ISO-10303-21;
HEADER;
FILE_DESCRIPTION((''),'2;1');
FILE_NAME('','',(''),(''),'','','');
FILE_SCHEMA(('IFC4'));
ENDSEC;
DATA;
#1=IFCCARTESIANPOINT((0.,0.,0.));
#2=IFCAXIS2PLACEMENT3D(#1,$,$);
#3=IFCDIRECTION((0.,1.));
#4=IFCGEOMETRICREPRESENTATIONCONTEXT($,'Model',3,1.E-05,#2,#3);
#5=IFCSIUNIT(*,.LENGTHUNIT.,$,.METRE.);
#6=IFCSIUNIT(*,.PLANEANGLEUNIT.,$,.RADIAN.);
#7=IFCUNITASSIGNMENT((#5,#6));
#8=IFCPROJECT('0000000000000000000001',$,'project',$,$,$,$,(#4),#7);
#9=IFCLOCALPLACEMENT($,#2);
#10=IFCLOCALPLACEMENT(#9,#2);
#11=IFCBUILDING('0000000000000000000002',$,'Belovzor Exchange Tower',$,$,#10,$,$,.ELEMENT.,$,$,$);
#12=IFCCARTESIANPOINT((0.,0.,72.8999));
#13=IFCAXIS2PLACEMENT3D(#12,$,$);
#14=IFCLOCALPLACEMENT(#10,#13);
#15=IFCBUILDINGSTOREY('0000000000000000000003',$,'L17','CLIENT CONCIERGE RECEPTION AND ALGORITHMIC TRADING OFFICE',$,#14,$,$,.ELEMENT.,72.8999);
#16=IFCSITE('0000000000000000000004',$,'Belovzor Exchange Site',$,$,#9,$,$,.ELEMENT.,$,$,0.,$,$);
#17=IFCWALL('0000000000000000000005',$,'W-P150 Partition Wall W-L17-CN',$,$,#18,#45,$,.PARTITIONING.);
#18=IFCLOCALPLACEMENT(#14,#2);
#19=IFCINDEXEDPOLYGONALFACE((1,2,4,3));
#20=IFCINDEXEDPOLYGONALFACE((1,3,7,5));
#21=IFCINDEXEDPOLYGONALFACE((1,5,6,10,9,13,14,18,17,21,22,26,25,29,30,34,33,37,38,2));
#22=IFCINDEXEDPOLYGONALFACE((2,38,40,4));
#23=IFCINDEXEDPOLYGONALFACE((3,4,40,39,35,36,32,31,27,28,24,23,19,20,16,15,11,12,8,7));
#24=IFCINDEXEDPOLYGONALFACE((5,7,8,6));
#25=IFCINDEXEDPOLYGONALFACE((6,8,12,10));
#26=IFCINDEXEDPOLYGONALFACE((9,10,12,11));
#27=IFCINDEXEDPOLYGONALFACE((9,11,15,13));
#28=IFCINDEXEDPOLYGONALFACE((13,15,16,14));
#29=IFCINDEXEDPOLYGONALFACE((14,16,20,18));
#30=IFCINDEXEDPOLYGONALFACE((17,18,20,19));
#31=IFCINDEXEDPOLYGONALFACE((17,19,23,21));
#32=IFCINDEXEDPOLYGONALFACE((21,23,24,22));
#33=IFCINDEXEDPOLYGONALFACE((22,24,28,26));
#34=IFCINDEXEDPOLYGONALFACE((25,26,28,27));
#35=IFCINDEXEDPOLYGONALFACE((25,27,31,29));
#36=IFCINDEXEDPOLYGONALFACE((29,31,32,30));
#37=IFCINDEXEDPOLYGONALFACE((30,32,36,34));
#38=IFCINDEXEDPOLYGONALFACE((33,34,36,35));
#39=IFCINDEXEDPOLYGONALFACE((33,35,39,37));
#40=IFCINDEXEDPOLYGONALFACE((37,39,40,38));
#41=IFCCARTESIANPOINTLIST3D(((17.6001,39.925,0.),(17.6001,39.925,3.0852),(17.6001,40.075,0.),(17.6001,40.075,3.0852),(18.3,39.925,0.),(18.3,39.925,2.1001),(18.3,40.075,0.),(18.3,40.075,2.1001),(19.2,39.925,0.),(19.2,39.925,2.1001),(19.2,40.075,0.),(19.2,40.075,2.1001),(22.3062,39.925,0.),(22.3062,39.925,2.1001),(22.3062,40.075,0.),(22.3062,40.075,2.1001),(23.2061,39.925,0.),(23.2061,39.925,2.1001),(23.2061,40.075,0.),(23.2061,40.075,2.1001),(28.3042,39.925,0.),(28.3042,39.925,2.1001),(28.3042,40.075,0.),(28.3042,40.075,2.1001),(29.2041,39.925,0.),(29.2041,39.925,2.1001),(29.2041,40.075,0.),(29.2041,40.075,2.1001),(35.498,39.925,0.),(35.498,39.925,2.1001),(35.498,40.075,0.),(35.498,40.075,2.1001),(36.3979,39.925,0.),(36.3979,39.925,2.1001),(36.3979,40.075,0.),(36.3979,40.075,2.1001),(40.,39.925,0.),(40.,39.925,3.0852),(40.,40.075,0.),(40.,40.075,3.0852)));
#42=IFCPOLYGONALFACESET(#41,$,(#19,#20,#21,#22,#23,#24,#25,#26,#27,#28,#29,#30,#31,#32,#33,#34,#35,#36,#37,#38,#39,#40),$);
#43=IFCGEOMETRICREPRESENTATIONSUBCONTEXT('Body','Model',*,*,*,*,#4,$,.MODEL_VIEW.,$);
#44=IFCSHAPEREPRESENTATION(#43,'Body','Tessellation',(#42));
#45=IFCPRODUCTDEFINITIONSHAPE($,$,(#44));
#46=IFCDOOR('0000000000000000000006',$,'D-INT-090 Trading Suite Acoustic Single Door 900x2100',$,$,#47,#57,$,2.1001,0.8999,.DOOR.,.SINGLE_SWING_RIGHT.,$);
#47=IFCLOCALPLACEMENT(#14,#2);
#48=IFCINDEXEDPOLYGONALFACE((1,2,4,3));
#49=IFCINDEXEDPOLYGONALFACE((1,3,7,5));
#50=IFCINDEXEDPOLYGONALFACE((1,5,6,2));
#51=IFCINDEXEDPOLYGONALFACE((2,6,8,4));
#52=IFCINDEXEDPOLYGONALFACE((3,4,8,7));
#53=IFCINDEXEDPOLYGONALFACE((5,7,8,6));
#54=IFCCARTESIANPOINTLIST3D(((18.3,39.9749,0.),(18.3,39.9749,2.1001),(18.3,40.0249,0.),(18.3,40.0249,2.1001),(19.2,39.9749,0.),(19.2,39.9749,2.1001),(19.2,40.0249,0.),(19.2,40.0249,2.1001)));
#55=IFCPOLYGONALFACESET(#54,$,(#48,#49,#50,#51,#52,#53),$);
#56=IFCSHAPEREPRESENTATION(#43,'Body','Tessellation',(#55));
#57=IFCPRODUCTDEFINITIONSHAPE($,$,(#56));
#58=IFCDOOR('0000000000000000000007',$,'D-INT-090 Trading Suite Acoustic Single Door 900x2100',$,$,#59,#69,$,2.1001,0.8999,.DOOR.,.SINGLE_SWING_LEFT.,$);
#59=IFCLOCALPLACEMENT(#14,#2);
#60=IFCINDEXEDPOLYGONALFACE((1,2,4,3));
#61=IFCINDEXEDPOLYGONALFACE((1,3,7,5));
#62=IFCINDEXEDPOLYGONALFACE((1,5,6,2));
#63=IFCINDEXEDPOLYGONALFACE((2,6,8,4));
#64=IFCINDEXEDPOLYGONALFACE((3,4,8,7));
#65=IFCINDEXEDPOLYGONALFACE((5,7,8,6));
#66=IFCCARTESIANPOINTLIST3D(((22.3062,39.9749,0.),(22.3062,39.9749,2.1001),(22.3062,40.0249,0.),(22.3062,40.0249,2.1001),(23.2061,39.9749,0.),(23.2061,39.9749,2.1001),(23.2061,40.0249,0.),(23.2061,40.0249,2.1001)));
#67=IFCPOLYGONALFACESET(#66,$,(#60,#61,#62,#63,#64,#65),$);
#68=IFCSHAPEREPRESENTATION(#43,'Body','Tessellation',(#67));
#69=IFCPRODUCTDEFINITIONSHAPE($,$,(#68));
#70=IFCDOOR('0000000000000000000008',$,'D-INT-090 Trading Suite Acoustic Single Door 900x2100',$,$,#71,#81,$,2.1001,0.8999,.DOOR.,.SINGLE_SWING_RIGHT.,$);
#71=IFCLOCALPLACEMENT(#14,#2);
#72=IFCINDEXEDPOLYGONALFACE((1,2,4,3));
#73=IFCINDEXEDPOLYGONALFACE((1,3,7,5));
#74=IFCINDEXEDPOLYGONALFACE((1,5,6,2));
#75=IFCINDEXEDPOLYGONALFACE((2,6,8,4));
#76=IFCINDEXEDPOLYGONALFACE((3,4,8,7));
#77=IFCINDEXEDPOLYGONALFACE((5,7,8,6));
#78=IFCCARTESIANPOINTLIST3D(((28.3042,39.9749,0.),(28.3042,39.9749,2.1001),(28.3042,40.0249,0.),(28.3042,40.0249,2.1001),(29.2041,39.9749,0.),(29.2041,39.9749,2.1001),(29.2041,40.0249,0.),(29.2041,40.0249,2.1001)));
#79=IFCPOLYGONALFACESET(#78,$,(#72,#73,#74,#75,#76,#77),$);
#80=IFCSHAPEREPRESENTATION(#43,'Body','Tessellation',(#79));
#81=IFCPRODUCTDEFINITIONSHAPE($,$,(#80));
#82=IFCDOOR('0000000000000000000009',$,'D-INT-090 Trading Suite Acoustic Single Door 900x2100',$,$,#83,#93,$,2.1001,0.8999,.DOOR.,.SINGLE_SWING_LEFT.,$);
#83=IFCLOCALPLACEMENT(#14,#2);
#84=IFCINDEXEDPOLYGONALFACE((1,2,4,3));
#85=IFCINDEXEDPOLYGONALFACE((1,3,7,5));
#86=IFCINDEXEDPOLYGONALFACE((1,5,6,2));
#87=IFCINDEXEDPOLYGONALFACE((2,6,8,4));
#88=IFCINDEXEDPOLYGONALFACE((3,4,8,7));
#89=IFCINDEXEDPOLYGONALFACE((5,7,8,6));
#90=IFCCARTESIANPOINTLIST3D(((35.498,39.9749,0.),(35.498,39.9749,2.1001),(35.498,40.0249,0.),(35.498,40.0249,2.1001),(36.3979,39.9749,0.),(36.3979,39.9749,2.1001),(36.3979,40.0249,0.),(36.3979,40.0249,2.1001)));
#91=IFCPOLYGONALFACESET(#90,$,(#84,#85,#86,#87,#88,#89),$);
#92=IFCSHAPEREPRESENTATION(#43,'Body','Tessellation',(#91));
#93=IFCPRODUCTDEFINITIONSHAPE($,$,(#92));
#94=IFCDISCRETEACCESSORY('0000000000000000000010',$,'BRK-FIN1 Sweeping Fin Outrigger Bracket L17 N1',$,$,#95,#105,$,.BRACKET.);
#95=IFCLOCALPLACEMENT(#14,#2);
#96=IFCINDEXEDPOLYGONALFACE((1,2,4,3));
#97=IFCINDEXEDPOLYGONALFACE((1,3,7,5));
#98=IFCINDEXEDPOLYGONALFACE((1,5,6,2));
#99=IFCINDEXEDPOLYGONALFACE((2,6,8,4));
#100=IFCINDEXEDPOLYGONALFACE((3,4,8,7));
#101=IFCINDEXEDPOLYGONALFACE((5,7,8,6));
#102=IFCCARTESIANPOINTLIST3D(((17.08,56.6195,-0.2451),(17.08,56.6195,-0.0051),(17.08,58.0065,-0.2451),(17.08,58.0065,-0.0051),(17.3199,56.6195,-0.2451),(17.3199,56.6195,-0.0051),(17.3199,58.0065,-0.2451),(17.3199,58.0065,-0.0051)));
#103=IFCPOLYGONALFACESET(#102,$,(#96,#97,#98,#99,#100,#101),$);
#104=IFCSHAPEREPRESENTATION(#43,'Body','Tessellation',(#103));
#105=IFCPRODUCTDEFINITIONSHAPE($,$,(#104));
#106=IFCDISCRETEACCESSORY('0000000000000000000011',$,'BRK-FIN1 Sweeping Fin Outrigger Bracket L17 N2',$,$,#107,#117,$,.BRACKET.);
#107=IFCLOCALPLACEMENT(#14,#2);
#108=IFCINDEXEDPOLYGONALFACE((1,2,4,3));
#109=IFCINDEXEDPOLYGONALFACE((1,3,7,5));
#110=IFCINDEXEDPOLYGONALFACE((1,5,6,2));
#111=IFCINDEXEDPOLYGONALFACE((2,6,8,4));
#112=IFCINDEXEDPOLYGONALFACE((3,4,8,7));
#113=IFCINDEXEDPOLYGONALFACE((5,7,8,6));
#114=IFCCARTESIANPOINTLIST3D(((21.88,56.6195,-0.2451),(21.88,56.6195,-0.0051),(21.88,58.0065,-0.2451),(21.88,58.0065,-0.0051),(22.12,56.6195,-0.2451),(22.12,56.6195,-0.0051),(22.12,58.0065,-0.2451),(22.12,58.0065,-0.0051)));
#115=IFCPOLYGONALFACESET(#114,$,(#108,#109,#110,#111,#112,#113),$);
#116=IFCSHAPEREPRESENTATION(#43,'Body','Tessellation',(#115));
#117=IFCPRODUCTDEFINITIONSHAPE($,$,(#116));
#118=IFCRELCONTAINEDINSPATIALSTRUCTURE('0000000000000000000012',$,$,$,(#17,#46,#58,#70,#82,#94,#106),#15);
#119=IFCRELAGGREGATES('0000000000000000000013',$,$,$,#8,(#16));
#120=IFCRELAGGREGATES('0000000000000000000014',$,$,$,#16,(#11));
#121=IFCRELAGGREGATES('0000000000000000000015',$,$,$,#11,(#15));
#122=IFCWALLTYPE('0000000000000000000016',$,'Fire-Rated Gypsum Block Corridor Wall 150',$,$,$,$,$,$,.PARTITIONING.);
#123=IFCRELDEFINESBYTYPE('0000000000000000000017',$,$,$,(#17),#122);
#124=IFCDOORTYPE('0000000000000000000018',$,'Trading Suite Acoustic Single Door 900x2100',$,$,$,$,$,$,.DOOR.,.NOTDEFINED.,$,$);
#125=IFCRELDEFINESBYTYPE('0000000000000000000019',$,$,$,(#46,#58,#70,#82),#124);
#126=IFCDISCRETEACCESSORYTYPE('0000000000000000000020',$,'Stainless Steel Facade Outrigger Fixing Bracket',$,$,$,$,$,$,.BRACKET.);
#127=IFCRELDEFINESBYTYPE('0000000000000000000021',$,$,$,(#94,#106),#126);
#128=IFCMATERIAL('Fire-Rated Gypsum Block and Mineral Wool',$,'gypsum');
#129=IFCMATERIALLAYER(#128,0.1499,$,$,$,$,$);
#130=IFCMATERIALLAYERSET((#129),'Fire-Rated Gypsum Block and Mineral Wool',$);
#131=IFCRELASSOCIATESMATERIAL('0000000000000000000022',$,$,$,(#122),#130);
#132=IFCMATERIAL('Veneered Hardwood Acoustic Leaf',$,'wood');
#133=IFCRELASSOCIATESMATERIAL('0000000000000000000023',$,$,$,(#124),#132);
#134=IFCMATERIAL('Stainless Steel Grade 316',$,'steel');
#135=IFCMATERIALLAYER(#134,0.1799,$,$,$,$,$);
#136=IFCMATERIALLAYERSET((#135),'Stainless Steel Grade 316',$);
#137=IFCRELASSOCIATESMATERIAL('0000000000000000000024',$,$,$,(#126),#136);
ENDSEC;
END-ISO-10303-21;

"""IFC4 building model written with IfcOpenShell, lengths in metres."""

from ifc_helpers import new_model, si_unit, direction, frame, frame_2d, origin, origin_2d, place, context, subcontext, project, spatial, rectangle, extrude, material, layer, layer_set, type_object, element, fill, save


model = new_model("IFC4")

# Units and contexts
model_context = context("Model", 3, precision=1e-05, world=origin(), true_north=direction((0.0, 1.0)))
body_context = subcontext(model_context, "Body", "Model", "MODEL_VIEW")
ifc_project = project(units=[si_unit("LENGTHUNIT", "METRE"), si_unit("PLANEANGLEUNIT", "RADIAN")], contexts=[model_context])

# Site, building, storey
site_placement = place(None, origin())
site = spatial("IfcSite", under=ifc_project, at=site_placement, Name="Belovzor Exchange Site", CompositionType="ELEMENT", RefElevation=0.0)
building_placement = place(site_placement, origin())
building = spatial("IfcBuilding", under=site, at=building_placement, Name="Belovzor Exchange Tower", CompositionType="ELEMENT")
storey_placement = place(building_placement, frame((0.0, 0.0, 72.8999)))
storey = spatial("IfcBuildingStorey", under=building, at=storey_placement, Name="L17", Description="CLIENT CONCIERGE RECEPTION AND ALGORITHMIC TRADING OFFICE", CompositionType="ELEMENT", Elevation=72.8999)

# Wall, openings, doors
ifc_material_1 = material(Name="Fire-Rated Gypsum Block and Mineral Wool", Category="gypsum")
ifc_layer_1 = layer(ifc_material_1, 0.1499)
ifc_layer_set_1 = layer_set([ifc_layer_1], Name="Fire-Rated Gypsum Block and Mineral Wool")
wall_type_1 = type_object("IfcWallType", Name="Fire-Rated Gypsum Block Corridor Wall 150", PredefinedType="PARTITIONING", material=ifc_layer_set_1)
wall_1_placement = place(storey_placement, frame((17.6001, 40.0, 0.0), z_axis=(0.0, 0.0, 1.0), x_axis=(1.0, 0.0, 0.0)))
wall_1 = element("IfcWall", 1, at=wall_1_placement, inside=storey, type_object=wall_type_1, Name="W-P150 Partition Wall W-L17-CN", PredefinedType="PARTITIONING", context=body_context, shape_type="SweptSolid", body=[
    extrude(rectangle(XDim=22.3999, YDim=0.1499, at=frame_2d((11.2, 0.0))), origin(), (0.0, 0.0, 1.0), 3.0852),
])
opening_1_placement = place(wall_1_placement, frame((0.7, 0.0, 0.0)))
opening_1 = element("IfcOpeningElement", 2, at=opening_1_placement, cuts=wall_1, PredefinedType="OPENING", context=body_context, shape_type="SweptSolid", body=[
    extrude(rectangle(XDim=0.8999, YDim=2.1001, at=frame_2d((0.45, 1.05))), frame((0.0, 0.085, 0.0), z_axis=(0.0, -1.0, 0.0), x_axis=(1.0, 0.0, 0.0)), (0.0, 0.0, 1.0), 0.1699),
])
opening_2_placement = place(wall_1_placement, frame((4.7061, 0.0, 0.0)))
opening_2 = element("IfcOpeningElement", 3, at=opening_2_placement, cuts=wall_1, PredefinedType="OPENING", context=body_context, shape_type="SweptSolid", body=[
    extrude(rectangle(XDim=0.8999, YDim=2.1001, at=frame_2d((0.45, 1.05))), frame((0.0, 0.085, 0.0), z_axis=(0.0, -1.0, 0.0), x_axis=(1.0, 0.0, 0.0)), (0.0, 0.0, 1.0), 0.1699),
])
opening_3_placement = place(wall_1_placement, frame((10.7041, 0.0, 0.0)))
opening_3 = element("IfcOpeningElement", 4, at=opening_3_placement, cuts=wall_1, PredefinedType="OPENING", context=body_context, shape_type="SweptSolid", body=[
    extrude(rectangle(XDim=0.8999, YDim=2.1001, at=frame_2d((0.45, 1.05))), frame((0.0, 0.085, 0.0), z_axis=(0.0, -1.0, 0.0), x_axis=(1.0, 0.0, 0.0)), (0.0, 0.0, 1.0), 0.1699),
])
opening_4_placement = place(wall_1_placement, frame((17.8979, 0.0, 0.0)))
opening_4 = element("IfcOpeningElement", 5, at=opening_4_placement, cuts=wall_1, PredefinedType="OPENING", context=body_context, shape_type="SweptSolid", body=[
    extrude(rectangle(XDim=0.8999, YDim=2.1001, at=frame_2d((0.45, 1.05))), frame((0.0, 0.085, 0.0), z_axis=(0.0, -1.0, 0.0), x_axis=(1.0, 0.0, 0.0)), (0.0, 0.0, 1.0), 0.1699),
])
ifc_material_2 = material(Name="Veneered Hardwood Acoustic Leaf", Category="wood")
door_type_1 = type_object("IfcDoorType", Name="Trading Suite Acoustic Single Door 900x2100", OperationType="NOTDEFINED", PredefinedType="DOOR", material=ifc_material_2)
door_1_placement = place(opening_1_placement, origin())
door_1 = element("IfcDoor", 6, at=door_1_placement, inside=storey, type_object=door_type_1, Name="D-INT-090 Trading Suite Acoustic Single Door 900x2100", OperationType="SINGLE_SWING_RIGHT", OverallHeight=2.1001, OverallWidth=0.8999, PredefinedType="DOOR", context=body_context, shape_type="SweptSolid", body=[
    extrude(rectangle(XDim=0.8999, YDim=2.1001, at=frame_2d((0.45, 1.05))), frame((0.0, 0.0249, 0.0), z_axis=(0.0, -1.0, 0.0), x_axis=(1.0, 0.0, 0.0)), (0.0, 0.0, 1.0), 0.05),
])
fill(opening_1, door_1)
door_2_placement = place(opening_2_placement, origin())
door_2 = element("IfcDoor", 7, at=door_2_placement, inside=storey, type_object=door_type_1, Name="D-INT-090 Trading Suite Acoustic Single Door 900x2100", OperationType="SINGLE_SWING_LEFT", OverallHeight=2.1001, OverallWidth=0.8999, PredefinedType="DOOR", context=body_context, shape_type="SweptSolid", body=[
    extrude(rectangle(XDim=0.8999, YDim=2.1001, at=frame_2d((0.45, 1.05))), frame((0.0, 0.0249, 0.0), z_axis=(0.0, -1.0, 0.0), x_axis=(1.0, 0.0, 0.0)), (0.0, 0.0, 1.0), 0.05),
])
fill(opening_2, door_2)
door_3_placement = place(opening_3_placement, origin())
door_3 = element("IfcDoor", 8, at=door_3_placement, inside=storey, type_object=door_type_1, Name="D-INT-090 Trading Suite Acoustic Single Door 900x2100", OperationType="SINGLE_SWING_RIGHT", OverallHeight=2.1001, OverallWidth=0.8999, PredefinedType="DOOR", context=body_context, shape_type="SweptSolid", body=[
    extrude(rectangle(XDim=0.8999, YDim=2.1001, at=frame_2d((0.45, 1.05))), frame((0.0, 0.0249, 0.0), z_axis=(0.0, -1.0, 0.0), x_axis=(1.0, 0.0, 0.0)), (0.0, 0.0, 1.0), 0.05),
])
fill(opening_3, door_3)
door_4_placement = place(opening_4_placement, origin())
door_4 = element("IfcDoor", 9, at=door_4_placement, inside=storey, type_object=door_type_1, Name="D-INT-090 Trading Suite Acoustic Single Door 900x2100", OperationType="SINGLE_SWING_LEFT", OverallHeight=2.1001, OverallWidth=0.8999, PredefinedType="DOOR", context=body_context, shape_type="SweptSolid", body=[
    extrude(rectangle(XDim=0.8999, YDim=2.1001, at=frame_2d((0.45, 1.05))), frame((0.0, 0.0249, 0.0), z_axis=(0.0, -1.0, 0.0), x_axis=(1.0, 0.0, 0.0)), (0.0, 0.0, 1.0), 0.05),
])
fill(opening_4, door_4)

# Discrete accessories
ifc_material_3 = material(Name="Stainless Steel Grade 316", Category="steel")
ifc_layer_2 = layer(ifc_material_3, 0.1799)
ifc_layer_set_2 = layer_set([ifc_layer_2], Name="Stainless Steel Grade 316")
discrete_accessory_type = type_object("IfcDiscreteAccessoryType", Name="Stainless Steel Facade Outrigger Fixing Bracket", PredefinedType="BRACKET", material=ifc_layer_set_2)
for number, where, z_axis, x_axis, name in (
    (10, (17.2, 57.313, -0.2451), (0.0, 0.0, 1.0), (0.0, 1.0, 0.0), "BRK-FIN1 Sweeping Fin Outrigger Bracket L17 N1"),
    (11, (22.0, 57.313, -0.2451), (0.0, 0.0, 1.0), (0.0, 1.0, 0.0), "BRK-FIN1 Sweeping Fin Outrigger Bracket L17 N2"),
):
    element("IfcDiscreteAccessory", number, at=place(storey_placement, frame(where, z_axis=z_axis, x_axis=x_axis)), inside=storey, type_object=discrete_accessory_type, Name=name, PredefinedType="BRACKET", context=body_context, shape_type="SweptSolid", body=[
        extrude(rectangle(XDim=1.387, YDim=0.24, at=origin_2d()), origin(), (0.0, 0.0, 1.0), 0.24),
    ])

save(model, "model.ifc")
